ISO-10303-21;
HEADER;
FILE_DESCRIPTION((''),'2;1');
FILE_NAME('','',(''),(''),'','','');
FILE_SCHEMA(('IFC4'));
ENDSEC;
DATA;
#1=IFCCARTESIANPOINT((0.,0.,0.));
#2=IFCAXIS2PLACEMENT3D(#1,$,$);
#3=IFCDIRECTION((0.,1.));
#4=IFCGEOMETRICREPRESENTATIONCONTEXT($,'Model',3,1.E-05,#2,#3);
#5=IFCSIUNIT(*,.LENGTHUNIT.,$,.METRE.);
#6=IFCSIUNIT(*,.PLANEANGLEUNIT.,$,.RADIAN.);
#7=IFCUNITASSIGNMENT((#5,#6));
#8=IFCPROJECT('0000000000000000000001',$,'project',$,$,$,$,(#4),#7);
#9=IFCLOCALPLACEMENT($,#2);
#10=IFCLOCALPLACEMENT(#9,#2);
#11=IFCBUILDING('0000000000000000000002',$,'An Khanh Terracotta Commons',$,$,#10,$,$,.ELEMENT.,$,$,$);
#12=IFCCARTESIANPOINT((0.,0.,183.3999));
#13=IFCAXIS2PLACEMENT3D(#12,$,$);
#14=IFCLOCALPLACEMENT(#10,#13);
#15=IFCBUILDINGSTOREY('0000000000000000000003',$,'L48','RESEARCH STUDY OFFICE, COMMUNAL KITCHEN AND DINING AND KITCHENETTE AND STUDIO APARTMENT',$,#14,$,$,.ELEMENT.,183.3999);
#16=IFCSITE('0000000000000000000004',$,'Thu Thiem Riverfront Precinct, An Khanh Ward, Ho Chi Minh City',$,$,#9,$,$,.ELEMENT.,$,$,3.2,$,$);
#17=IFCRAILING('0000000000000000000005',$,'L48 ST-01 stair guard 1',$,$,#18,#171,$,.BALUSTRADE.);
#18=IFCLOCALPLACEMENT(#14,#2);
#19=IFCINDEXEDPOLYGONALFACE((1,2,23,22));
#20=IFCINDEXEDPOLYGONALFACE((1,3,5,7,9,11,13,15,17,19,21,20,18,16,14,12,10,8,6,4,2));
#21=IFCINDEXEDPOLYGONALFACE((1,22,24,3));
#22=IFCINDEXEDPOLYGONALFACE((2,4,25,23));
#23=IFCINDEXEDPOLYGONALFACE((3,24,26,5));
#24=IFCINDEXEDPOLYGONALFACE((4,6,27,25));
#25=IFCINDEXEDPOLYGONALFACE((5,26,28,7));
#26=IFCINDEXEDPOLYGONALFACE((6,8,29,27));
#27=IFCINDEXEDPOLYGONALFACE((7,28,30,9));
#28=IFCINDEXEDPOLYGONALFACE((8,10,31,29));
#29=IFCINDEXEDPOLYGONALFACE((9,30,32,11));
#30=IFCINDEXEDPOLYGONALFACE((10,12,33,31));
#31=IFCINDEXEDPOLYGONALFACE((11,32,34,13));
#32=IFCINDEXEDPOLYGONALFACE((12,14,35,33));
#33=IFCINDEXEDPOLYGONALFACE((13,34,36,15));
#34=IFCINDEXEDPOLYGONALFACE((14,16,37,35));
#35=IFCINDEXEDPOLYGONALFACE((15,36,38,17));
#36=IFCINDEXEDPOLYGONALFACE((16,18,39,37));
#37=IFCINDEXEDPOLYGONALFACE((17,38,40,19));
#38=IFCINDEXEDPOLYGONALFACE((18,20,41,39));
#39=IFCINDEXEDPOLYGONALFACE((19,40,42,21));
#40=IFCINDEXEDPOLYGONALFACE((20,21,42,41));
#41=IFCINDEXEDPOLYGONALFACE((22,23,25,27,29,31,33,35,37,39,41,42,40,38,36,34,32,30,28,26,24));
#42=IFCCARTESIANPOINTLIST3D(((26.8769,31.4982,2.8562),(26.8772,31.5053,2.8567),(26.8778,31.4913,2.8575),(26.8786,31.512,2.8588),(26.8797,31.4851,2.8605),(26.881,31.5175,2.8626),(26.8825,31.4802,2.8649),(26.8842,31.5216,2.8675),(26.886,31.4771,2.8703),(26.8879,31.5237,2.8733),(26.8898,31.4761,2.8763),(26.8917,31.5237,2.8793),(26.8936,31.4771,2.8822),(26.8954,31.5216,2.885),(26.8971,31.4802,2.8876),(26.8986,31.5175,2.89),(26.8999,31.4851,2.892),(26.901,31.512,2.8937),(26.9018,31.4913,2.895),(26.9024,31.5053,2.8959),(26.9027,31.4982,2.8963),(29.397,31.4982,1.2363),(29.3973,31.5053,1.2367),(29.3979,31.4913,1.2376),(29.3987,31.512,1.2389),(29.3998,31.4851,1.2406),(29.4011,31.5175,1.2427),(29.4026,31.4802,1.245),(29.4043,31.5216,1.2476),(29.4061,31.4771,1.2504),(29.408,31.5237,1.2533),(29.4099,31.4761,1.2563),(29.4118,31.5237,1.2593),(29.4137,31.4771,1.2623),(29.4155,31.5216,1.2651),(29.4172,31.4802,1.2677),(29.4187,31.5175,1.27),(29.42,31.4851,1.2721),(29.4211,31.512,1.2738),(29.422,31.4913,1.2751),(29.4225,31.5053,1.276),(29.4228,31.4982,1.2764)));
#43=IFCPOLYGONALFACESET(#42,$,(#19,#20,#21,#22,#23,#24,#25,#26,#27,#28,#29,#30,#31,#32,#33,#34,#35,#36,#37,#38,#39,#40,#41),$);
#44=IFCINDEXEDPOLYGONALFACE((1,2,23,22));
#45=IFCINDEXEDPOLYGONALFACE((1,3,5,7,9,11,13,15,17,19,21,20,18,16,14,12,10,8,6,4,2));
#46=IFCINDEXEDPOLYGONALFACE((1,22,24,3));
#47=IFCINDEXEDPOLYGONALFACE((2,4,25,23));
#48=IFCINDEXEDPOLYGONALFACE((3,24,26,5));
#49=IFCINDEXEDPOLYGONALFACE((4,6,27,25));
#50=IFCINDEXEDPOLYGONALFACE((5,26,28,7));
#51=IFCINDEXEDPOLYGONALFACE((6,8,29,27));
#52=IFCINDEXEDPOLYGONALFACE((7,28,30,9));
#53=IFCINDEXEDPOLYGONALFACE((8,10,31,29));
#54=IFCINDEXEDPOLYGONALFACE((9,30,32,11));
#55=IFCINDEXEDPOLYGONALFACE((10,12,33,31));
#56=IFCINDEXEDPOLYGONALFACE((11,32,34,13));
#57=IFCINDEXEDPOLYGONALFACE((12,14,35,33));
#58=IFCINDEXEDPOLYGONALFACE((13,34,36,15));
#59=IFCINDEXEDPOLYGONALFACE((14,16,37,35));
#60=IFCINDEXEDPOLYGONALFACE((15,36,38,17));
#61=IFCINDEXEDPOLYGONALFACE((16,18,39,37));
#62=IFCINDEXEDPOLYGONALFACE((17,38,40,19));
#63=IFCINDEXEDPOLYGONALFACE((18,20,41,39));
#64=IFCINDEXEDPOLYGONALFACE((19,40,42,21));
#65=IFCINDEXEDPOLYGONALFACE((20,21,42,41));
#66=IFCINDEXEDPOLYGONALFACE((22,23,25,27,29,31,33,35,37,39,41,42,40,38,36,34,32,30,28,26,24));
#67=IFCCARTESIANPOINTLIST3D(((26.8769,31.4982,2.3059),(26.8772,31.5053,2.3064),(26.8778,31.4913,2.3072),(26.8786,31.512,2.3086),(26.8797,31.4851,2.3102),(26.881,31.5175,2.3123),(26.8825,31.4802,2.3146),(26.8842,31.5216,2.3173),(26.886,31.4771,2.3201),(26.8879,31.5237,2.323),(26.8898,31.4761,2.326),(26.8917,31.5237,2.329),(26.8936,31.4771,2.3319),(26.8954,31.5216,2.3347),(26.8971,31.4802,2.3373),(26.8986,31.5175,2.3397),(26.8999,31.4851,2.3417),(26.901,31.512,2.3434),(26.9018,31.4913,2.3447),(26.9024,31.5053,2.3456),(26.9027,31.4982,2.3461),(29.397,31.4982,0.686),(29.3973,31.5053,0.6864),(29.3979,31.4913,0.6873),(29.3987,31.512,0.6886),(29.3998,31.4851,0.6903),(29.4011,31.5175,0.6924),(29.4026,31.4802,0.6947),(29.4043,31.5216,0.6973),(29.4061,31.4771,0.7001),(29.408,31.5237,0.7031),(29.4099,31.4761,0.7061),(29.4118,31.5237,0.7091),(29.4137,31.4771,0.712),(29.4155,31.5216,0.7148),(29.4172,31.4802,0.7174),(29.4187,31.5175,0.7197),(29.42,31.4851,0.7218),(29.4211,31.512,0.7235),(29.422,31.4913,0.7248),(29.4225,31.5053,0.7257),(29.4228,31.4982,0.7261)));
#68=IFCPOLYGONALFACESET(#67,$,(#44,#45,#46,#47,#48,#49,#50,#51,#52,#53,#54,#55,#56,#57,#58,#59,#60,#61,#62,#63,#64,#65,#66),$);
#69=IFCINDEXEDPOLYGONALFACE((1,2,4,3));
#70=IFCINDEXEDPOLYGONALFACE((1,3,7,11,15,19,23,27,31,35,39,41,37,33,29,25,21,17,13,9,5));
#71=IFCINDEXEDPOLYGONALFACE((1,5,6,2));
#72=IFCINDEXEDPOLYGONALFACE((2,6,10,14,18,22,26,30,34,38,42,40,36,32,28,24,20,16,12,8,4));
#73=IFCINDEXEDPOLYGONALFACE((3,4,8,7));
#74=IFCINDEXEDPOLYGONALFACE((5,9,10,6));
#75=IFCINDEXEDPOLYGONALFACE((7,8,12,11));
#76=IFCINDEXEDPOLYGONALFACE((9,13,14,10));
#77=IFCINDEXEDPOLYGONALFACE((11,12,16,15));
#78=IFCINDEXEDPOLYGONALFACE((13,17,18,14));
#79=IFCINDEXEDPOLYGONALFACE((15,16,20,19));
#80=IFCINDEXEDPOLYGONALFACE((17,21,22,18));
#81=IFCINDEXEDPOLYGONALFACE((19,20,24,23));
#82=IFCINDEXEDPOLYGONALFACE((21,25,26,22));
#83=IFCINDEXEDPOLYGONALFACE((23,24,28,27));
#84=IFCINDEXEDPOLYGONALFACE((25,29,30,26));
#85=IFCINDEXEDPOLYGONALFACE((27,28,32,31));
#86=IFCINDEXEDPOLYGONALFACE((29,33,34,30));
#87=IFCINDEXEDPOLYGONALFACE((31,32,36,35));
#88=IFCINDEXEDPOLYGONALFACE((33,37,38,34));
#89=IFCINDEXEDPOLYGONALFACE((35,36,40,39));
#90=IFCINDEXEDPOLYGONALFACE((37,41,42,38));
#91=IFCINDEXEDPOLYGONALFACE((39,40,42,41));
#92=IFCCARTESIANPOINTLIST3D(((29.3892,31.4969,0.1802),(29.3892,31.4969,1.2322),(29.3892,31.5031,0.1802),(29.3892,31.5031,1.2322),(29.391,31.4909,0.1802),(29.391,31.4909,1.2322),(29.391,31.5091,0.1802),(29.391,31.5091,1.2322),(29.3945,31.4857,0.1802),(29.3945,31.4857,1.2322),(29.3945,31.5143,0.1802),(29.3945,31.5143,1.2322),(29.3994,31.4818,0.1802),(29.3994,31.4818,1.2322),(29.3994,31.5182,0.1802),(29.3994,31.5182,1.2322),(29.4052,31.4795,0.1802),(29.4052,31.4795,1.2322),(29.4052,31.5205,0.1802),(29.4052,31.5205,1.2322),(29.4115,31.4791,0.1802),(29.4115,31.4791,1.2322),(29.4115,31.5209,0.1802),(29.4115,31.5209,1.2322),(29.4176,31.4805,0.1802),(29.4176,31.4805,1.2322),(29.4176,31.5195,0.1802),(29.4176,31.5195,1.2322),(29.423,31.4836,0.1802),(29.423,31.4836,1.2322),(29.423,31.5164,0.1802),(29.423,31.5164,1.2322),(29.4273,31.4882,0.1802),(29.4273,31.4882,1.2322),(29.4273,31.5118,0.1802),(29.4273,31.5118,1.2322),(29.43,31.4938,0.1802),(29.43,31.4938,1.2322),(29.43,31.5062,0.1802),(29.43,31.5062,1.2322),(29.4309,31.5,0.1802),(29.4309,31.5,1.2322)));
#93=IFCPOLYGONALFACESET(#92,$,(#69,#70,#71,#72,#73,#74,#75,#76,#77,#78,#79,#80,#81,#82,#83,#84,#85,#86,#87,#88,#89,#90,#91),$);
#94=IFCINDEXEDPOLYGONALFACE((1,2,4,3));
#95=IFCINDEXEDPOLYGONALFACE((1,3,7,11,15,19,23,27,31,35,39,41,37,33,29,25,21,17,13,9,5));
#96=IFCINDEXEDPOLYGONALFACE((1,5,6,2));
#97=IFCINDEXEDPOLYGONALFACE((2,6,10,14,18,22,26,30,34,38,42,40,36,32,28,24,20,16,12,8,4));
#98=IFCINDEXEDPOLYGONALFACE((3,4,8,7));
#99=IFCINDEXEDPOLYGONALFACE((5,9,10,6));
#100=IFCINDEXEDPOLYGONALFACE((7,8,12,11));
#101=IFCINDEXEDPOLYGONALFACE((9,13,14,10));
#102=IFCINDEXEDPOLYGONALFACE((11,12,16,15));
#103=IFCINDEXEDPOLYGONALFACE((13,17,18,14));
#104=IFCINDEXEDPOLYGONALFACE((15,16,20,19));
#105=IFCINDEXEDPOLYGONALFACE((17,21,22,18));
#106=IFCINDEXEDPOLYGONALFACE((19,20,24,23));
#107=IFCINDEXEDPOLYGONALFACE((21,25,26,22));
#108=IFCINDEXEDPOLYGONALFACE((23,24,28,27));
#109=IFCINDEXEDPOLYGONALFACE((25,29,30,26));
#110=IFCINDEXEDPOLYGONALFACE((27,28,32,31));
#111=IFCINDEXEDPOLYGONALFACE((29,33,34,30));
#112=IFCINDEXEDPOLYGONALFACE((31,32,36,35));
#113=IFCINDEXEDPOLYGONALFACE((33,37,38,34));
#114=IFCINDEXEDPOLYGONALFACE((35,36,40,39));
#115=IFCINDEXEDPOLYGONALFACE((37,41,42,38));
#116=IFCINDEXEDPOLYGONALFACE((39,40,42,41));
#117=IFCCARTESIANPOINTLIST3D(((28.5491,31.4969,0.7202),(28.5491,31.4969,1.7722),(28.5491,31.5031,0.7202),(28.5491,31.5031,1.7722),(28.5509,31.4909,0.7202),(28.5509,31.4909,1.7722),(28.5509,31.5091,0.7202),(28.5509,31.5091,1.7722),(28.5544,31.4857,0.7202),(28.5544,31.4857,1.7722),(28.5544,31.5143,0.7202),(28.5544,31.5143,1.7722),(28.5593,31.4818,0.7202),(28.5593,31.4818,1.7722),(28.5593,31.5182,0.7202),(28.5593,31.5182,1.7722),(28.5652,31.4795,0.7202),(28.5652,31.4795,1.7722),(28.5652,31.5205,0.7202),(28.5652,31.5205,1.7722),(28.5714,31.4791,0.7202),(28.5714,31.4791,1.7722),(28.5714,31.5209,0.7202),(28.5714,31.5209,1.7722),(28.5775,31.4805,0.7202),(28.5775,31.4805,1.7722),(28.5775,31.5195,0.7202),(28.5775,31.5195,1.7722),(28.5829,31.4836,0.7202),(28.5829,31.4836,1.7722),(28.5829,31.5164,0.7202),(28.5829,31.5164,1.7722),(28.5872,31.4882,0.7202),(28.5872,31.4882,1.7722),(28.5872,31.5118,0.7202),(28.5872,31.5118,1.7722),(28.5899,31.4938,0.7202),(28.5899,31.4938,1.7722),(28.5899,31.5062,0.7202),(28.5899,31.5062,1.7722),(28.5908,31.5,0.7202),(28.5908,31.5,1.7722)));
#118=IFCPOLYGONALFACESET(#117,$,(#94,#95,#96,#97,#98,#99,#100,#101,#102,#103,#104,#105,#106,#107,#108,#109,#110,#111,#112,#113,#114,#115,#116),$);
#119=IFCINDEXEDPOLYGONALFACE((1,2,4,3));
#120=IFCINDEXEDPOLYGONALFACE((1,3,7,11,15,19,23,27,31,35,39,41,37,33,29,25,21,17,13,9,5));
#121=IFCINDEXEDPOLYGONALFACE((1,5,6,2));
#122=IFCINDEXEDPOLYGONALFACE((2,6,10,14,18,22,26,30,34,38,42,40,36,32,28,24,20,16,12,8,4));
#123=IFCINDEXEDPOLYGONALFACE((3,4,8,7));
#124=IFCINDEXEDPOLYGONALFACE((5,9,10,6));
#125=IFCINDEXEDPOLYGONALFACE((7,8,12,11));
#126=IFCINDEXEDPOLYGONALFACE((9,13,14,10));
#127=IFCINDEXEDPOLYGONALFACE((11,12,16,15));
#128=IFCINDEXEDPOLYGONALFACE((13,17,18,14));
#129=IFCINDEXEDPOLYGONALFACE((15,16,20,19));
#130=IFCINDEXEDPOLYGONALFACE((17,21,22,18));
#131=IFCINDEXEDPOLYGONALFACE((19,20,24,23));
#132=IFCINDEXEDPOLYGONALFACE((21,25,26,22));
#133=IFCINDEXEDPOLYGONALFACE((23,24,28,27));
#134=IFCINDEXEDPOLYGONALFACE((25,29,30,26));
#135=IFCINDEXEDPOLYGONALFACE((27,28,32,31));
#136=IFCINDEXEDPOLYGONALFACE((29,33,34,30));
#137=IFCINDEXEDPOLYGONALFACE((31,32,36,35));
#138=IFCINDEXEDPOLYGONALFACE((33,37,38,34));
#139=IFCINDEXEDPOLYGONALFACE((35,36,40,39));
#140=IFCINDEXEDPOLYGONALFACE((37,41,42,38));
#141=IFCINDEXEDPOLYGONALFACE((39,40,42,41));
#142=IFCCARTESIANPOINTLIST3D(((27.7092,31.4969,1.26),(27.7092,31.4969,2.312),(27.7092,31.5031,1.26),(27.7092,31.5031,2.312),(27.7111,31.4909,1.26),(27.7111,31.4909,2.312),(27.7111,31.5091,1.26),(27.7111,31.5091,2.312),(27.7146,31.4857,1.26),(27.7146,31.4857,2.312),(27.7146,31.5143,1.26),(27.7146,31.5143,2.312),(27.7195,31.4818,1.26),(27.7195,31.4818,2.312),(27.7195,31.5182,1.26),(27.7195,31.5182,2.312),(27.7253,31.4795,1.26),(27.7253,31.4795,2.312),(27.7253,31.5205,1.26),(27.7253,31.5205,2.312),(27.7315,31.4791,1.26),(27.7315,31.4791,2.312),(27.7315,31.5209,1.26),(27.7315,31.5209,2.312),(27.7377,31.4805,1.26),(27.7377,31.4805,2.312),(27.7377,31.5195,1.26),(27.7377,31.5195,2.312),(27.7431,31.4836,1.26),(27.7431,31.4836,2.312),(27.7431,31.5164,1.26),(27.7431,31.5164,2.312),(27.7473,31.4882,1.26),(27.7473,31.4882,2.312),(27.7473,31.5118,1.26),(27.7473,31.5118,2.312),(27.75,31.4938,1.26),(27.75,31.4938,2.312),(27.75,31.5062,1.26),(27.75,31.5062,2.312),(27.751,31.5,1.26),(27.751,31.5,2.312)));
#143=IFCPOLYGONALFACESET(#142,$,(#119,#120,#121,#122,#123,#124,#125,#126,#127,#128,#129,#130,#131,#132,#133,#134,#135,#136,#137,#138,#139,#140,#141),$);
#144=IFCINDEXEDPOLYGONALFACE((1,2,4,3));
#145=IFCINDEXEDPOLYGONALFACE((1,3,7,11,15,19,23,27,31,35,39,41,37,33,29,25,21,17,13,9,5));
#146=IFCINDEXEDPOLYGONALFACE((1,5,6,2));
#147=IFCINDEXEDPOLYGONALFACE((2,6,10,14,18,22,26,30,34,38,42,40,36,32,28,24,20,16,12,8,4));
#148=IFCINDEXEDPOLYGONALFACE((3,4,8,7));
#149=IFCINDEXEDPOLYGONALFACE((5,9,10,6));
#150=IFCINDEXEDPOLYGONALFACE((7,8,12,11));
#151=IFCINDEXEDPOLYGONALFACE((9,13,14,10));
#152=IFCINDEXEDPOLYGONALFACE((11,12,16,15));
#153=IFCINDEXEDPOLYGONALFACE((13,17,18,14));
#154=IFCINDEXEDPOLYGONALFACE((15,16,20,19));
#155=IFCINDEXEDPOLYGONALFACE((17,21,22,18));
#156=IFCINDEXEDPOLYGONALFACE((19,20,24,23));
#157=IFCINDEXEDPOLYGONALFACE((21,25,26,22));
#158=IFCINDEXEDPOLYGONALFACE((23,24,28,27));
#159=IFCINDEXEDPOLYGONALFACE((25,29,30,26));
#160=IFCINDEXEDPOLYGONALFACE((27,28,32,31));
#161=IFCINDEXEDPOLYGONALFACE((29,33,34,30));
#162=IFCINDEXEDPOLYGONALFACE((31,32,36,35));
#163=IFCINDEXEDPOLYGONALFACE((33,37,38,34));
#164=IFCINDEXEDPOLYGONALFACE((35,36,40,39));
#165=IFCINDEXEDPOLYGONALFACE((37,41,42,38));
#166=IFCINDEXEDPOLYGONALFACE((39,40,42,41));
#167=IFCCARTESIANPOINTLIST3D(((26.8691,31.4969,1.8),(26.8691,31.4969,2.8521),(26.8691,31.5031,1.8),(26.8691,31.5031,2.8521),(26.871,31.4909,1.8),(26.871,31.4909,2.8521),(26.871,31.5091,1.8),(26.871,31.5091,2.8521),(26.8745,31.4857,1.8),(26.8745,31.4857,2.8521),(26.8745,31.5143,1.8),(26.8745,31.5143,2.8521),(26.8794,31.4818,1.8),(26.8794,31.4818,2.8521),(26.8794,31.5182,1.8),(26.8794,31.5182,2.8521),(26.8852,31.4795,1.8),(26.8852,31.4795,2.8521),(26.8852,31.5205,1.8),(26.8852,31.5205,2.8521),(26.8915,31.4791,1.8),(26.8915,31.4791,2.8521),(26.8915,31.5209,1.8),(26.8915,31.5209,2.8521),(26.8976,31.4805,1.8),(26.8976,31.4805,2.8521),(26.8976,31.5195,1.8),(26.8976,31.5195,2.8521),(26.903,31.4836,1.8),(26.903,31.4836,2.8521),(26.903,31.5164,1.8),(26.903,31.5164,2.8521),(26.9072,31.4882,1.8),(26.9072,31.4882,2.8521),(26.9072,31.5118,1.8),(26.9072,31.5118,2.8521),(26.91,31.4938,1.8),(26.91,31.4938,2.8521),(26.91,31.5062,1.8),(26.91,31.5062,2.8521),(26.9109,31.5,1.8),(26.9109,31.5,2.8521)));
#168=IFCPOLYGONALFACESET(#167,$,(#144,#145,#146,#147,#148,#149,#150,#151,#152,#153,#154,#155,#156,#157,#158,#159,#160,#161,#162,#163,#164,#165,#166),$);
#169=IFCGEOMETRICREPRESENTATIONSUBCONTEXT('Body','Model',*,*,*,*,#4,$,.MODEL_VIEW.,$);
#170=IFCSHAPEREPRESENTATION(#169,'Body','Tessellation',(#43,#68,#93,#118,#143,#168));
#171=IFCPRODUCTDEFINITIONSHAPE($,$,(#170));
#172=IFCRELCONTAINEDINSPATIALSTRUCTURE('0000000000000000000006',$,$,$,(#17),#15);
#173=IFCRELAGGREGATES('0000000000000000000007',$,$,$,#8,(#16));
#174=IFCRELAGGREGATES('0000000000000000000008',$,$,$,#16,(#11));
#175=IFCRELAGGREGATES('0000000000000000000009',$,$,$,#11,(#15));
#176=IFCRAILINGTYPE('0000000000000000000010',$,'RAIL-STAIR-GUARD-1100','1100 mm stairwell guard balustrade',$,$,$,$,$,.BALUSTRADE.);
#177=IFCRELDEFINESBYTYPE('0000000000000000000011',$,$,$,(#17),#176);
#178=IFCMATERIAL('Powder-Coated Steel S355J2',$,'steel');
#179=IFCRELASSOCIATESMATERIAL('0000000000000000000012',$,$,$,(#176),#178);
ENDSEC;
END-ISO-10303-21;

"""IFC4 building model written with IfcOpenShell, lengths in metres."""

from ifc_helpers import new_model, si_unit, direction, frame, origin, origin_2d, place, context, subcontext, project, spatial, circle, extrude, material, type_object, element, save


model = new_model("IFC4")

# Units and contexts
model_context = context("Model", 3, precision=1e-05, world=origin(), true_north=direction((0.0, 1.0)))
body_context = subcontext(model_context, "Body", "Model", "MODEL_VIEW")
ifc_project = project(units=[si_unit("LENGTHUNIT", "METRE"), si_unit("PLANEANGLEUNIT", "RADIAN")], contexts=[model_context])

# Site, building, storey
site_placement = place(None, origin())
site = spatial("IfcSite", under=ifc_project, at=site_placement, Name="Thu Thiem Riverfront Precinct, An Khanh Ward, Ho Chi Minh City", CompositionType="ELEMENT", RefElevation=3.2)
building_placement = place(site_placement, origin())
building = spatial("IfcBuilding", under=site, at=building_placement, Name="An Khanh Terracotta Commons", CompositionType="ELEMENT")
storey_placement = place(building_placement, frame((0.0, 0.0, 183.3999)))
storey = spatial("IfcBuildingStorey", under=building, at=storey_placement, Name="L48", Description="RESEARCH STUDY OFFICE, COMMUNAL KITCHEN AND DINING AND KITCHENETTE AND STUDIO APARTMENT", CompositionType="ELEMENT", Elevation=183.3999)

# Railing
ifc_material_1 = material(Name="Powder-Coated Steel S355J2", Category="steel")
railing_type_1 = type_object("IfcRailingType", Name="RAIL-STAIR-GUARD-1100", Description="1100 mm stairwell guard balustrade", PredefinedType="BALUSTRADE", material=ifc_material_1)
railing_1_placement = place(storey_placement, frame((29.4099, 31.5, 0.1802)))
element("IfcRailing", 1, at=railing_1_placement, inside=storey, type_object=railing_type_1, Name="L48 ST-01 stair guard 1", PredefinedType="BALUSTRADE", context=body_context, shape_type="SweptSolid", body=[
    extrude(circle(Radius=0.0239, at=origin_2d()), frame((0.0, 0.0, 1.0762), z_axis=(-0.8412, 0.0, 0.540725), x_axis=(0.0, -1.0, 0.0)), (0.0, 0.0, 1.0), 2.9958),
    extrude(circle(Radius=0.0239, at=origin_2d()), frame((0.0, 0.0, 0.5259), z_axis=(-0.8412, 0.0, 0.540725), x_axis=(0.0, -1.0, 0.0)), (0.0, 0.0, 1.0), 2.9958),
    extrude(circle(Radius=0.021, at=origin_2d()), origin(), (0.0, 0.0, 1.0), 1.052),
    extrude(circle(Radius=0.021, at=origin_2d()), frame((-0.8401, 0.0, 0.54)), (0.0, 0.0, 1.0), 1.052),
    extrude(circle(Radius=0.021, at=origin_2d()), frame((-1.6799, 0.0, 1.0798)), (0.0, 0.0, 1.0), 1.052),
    extrude(circle(Radius=0.021, at=origin_2d()), frame((-2.52, 0.0, 1.6199)), (0.0, 0.0, 1.0), 1.052),
])

save(model, "model.ifc")
